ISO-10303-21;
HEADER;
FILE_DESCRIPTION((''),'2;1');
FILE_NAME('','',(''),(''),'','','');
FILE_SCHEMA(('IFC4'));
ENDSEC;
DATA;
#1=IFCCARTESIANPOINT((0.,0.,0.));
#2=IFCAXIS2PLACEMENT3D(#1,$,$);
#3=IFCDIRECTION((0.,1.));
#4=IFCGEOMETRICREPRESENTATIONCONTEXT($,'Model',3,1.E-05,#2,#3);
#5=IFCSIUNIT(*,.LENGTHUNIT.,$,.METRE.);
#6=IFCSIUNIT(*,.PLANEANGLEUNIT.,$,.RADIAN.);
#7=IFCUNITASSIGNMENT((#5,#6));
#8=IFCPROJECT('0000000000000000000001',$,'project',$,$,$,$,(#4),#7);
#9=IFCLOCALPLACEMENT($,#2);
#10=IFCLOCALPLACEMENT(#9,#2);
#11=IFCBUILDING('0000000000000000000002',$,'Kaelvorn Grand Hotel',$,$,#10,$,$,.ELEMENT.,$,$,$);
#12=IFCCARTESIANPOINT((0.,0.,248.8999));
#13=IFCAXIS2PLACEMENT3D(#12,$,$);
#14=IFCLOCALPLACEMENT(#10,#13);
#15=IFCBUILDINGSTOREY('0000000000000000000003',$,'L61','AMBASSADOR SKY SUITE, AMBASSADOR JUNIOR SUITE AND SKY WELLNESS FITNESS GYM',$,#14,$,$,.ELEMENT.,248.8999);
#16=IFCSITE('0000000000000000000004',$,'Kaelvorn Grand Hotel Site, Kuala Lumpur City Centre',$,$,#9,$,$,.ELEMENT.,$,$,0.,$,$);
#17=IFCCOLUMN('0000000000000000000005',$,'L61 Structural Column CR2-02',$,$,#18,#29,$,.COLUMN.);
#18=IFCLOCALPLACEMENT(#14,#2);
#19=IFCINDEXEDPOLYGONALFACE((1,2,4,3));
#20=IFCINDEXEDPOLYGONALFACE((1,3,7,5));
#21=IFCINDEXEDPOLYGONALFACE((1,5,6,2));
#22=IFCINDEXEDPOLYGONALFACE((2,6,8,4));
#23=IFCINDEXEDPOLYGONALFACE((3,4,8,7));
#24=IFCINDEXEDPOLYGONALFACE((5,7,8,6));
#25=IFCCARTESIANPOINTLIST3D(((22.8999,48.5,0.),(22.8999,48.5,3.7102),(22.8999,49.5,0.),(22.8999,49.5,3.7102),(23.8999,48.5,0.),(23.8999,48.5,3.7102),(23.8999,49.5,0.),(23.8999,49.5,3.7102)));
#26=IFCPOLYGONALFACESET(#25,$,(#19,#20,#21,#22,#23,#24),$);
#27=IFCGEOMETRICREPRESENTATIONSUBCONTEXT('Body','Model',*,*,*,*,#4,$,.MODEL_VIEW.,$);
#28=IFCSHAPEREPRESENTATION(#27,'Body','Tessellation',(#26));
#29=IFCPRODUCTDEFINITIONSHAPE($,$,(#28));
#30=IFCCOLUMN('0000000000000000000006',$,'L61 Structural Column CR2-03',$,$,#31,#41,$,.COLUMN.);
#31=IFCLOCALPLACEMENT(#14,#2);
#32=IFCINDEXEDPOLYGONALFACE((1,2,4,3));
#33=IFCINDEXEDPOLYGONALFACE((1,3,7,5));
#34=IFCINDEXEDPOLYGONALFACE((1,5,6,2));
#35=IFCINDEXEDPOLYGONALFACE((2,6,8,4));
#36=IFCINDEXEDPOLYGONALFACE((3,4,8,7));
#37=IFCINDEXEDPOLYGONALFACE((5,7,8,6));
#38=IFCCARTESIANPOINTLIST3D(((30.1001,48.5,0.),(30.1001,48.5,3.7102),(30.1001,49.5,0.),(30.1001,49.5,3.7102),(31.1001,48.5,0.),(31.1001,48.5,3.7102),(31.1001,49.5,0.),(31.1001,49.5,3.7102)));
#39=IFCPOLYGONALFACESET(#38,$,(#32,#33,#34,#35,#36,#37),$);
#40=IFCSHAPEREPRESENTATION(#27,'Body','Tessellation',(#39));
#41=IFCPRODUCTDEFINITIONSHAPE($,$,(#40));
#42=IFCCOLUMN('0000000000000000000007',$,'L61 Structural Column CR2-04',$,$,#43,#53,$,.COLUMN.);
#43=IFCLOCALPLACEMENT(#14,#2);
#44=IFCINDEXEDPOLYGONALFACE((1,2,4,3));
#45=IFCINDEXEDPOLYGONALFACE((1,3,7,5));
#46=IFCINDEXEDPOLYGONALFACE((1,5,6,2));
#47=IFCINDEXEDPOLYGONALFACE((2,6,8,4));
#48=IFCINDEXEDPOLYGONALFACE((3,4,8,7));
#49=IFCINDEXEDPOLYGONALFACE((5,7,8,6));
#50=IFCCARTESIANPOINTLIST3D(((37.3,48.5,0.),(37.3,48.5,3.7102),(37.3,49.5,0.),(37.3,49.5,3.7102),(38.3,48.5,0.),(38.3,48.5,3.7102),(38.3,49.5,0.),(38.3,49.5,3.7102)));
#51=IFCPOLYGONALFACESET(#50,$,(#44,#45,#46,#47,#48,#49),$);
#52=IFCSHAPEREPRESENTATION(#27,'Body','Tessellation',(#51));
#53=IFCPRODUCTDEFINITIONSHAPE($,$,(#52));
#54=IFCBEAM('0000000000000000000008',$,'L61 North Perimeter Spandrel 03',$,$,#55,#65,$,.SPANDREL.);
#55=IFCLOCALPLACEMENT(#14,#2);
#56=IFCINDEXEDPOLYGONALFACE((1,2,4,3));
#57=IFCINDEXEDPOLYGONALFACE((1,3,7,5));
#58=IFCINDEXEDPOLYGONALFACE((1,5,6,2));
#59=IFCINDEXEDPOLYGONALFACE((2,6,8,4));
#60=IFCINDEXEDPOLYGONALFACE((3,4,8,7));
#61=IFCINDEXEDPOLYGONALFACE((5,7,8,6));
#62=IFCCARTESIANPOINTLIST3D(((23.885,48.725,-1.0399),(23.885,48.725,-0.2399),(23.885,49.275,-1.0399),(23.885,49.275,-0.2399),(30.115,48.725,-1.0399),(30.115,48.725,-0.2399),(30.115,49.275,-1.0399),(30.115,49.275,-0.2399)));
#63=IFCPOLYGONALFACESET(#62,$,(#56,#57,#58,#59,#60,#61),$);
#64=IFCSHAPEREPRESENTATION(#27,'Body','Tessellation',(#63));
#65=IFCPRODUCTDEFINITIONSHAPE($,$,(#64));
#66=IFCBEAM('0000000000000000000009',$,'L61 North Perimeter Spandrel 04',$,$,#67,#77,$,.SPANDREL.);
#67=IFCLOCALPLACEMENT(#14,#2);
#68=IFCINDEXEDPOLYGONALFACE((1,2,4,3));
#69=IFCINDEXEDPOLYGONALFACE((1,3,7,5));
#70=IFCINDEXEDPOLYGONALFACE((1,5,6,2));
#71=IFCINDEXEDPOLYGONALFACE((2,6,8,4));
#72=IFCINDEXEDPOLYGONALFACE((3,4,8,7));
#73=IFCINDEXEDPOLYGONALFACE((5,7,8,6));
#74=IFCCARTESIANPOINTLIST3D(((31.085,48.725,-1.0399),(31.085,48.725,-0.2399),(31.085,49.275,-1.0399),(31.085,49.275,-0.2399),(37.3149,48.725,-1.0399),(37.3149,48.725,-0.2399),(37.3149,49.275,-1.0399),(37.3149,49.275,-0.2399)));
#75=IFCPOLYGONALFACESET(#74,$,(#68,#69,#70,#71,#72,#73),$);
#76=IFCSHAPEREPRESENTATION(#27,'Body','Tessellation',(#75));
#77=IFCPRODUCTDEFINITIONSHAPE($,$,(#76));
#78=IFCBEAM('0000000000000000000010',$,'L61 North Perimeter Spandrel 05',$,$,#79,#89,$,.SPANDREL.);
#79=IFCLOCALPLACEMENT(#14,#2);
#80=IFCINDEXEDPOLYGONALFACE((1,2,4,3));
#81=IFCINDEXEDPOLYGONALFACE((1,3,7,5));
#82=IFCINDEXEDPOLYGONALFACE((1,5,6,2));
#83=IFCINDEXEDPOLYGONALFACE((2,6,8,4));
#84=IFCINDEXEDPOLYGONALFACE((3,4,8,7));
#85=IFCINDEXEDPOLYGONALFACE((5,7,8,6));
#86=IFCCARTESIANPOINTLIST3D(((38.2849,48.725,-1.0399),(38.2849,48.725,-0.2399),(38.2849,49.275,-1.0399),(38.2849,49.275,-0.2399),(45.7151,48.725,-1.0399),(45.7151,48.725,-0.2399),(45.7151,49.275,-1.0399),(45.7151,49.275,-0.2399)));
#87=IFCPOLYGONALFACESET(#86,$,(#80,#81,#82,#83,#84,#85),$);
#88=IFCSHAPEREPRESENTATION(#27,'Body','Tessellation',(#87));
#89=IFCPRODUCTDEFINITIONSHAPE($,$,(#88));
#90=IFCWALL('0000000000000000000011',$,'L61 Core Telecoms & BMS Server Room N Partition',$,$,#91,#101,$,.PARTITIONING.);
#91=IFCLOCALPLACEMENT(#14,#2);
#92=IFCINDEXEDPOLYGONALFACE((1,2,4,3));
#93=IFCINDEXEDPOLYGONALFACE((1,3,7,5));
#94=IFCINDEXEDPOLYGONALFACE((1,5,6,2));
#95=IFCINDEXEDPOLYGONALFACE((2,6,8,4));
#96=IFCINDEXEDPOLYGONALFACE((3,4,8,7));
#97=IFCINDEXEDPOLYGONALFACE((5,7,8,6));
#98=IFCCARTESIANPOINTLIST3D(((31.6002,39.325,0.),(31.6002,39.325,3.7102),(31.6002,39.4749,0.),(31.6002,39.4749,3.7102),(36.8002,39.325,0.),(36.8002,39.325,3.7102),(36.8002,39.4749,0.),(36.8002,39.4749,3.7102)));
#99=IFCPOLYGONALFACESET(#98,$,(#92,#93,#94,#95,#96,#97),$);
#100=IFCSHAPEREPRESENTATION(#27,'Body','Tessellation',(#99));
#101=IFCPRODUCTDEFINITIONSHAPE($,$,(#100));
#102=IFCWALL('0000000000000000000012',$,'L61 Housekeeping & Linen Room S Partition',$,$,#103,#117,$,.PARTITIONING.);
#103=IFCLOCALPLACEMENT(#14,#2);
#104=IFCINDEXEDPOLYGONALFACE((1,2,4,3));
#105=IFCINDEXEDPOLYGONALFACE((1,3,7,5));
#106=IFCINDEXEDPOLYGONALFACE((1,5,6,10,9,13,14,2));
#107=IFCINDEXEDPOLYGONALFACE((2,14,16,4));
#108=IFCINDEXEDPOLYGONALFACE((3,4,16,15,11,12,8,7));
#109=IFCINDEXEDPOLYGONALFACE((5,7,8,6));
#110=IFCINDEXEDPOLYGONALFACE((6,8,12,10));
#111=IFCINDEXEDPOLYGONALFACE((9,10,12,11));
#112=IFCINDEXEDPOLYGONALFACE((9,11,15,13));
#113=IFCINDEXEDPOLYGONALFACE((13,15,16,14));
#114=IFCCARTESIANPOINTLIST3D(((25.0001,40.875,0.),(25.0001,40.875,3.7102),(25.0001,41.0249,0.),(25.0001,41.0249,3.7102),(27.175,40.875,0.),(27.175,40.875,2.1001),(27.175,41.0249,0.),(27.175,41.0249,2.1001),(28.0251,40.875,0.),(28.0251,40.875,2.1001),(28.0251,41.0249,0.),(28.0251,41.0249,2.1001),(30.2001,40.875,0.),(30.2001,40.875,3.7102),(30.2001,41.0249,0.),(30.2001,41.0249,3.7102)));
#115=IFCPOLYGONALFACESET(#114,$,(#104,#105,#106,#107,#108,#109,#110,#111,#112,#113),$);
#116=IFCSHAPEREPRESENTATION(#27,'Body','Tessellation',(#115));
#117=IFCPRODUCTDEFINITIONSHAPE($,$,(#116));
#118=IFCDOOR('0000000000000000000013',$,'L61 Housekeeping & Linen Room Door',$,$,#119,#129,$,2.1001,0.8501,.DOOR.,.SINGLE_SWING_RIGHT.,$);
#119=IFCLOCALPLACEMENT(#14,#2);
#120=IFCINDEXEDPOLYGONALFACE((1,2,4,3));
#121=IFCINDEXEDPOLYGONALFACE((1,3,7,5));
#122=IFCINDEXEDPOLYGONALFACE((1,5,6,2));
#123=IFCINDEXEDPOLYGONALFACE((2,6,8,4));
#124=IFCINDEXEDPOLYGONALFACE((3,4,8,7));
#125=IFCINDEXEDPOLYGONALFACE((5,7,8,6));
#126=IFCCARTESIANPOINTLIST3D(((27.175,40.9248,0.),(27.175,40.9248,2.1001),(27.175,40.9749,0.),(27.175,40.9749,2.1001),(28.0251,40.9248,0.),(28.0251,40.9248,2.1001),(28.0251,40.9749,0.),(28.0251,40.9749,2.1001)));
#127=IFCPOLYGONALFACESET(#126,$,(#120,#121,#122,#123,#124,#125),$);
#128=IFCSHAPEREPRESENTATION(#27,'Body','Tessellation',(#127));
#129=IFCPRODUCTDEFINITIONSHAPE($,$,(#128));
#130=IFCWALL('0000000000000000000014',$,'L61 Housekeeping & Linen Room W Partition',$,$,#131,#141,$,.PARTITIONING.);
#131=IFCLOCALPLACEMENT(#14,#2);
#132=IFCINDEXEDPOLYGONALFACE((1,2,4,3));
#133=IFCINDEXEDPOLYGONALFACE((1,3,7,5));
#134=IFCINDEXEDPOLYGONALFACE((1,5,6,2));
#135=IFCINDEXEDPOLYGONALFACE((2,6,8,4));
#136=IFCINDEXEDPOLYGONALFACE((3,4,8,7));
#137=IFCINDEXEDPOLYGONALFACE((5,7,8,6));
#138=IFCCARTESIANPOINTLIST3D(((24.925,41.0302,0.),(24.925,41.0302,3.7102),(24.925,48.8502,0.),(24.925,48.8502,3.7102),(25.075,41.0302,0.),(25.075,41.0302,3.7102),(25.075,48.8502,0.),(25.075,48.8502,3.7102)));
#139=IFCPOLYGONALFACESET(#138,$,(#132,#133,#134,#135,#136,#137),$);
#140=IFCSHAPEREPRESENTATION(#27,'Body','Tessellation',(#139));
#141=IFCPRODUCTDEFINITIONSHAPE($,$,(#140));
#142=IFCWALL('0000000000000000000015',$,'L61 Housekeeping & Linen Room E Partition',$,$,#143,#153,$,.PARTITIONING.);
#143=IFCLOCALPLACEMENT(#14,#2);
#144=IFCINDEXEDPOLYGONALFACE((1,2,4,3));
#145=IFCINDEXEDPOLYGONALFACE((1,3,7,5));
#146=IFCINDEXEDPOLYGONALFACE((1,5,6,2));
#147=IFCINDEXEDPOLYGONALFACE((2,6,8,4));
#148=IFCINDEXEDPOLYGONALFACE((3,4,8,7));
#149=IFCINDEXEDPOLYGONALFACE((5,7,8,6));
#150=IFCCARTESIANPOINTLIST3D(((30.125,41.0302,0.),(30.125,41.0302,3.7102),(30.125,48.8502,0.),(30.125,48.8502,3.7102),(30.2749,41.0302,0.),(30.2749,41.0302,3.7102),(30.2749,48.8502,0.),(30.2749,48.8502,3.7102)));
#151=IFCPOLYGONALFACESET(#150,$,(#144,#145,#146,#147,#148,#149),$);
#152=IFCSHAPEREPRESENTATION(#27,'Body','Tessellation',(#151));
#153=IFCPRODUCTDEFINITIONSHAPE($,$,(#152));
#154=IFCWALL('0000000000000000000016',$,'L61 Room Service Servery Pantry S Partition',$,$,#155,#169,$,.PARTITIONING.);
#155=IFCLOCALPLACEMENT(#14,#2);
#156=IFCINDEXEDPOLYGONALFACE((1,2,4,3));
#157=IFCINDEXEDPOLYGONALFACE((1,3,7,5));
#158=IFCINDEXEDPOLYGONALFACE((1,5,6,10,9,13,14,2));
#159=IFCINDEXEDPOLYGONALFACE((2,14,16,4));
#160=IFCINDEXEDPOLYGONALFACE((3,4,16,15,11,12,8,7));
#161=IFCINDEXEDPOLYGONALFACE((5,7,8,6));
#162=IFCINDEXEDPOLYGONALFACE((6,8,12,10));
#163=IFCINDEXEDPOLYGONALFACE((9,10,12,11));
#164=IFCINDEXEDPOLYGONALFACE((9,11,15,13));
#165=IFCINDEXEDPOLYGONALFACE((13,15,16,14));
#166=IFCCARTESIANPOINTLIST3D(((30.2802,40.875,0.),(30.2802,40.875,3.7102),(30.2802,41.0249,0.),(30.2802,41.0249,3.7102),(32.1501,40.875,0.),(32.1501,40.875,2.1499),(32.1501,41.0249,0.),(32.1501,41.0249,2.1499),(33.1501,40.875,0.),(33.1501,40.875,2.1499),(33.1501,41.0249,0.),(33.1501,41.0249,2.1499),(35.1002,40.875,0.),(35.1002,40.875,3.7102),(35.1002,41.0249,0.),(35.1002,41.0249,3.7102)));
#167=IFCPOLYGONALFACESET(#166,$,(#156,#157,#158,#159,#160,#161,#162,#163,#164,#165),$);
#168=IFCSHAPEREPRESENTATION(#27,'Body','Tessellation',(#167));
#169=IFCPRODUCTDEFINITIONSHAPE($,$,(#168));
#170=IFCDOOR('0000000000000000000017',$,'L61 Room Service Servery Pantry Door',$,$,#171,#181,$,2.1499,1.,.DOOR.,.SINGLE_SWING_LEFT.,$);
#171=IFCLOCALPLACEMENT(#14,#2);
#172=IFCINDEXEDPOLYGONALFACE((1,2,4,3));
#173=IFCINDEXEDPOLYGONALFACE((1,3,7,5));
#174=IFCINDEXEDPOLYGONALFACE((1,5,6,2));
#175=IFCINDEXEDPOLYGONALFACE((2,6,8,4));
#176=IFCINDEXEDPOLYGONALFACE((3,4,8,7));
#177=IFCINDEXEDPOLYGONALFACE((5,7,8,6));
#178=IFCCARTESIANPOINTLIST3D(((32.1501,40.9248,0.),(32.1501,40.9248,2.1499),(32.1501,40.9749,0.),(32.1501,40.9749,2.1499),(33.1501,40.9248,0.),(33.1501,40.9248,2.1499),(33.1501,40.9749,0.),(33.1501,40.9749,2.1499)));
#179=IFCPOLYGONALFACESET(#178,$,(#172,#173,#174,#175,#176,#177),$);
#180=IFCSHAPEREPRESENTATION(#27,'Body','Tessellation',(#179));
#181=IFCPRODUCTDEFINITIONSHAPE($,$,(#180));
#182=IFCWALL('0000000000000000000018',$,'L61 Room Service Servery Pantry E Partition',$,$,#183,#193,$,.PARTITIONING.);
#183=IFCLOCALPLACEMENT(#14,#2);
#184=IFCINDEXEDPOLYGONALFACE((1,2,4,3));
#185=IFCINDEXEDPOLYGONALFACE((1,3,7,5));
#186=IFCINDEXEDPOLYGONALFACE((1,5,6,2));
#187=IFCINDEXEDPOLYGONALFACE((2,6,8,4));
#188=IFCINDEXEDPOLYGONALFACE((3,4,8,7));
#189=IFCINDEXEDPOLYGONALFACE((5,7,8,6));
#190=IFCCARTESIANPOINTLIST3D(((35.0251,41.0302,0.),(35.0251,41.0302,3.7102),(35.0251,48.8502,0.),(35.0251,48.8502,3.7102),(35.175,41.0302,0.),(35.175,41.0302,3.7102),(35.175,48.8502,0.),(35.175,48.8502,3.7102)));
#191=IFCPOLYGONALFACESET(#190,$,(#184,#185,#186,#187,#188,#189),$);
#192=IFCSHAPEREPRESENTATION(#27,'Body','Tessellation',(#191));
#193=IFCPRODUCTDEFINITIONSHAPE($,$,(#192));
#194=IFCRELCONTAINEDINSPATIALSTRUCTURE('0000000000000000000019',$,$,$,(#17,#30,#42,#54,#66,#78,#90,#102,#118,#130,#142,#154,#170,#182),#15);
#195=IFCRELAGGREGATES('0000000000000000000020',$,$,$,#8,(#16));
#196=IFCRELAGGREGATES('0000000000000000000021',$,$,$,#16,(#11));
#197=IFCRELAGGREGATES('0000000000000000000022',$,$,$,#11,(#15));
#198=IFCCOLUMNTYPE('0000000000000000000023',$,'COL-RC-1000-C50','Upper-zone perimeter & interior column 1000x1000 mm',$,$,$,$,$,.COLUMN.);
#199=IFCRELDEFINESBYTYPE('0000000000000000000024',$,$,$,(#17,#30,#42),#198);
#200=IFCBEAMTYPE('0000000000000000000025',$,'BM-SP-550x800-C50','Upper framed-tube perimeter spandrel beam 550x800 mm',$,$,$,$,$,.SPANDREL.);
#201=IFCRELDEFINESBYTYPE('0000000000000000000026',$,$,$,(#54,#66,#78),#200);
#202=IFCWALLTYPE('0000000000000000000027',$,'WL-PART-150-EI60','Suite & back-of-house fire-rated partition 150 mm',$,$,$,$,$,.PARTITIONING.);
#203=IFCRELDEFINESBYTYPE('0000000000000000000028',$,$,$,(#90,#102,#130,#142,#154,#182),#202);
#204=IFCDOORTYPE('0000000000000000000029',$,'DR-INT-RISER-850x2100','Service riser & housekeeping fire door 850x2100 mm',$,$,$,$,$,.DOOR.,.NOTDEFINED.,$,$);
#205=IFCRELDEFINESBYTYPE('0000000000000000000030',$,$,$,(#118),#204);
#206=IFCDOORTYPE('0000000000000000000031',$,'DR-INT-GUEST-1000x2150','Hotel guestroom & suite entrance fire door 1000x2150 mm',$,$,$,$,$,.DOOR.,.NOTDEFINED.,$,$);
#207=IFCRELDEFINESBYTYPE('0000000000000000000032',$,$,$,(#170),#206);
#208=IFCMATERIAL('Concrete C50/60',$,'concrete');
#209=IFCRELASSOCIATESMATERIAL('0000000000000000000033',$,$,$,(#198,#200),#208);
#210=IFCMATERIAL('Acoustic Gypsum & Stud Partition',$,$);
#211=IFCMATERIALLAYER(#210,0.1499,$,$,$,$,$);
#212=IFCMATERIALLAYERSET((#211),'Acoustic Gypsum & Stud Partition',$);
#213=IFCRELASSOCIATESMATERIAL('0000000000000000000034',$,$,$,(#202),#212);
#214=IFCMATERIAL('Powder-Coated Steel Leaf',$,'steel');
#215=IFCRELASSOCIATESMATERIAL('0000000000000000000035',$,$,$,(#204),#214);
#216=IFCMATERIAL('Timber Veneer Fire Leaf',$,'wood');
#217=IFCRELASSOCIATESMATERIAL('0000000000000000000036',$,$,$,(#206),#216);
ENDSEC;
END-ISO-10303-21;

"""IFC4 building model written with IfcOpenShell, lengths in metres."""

from ifc_helpers import new_model, si_unit, direction, frame, frame_2d, origin, origin_2d, place, context, subcontext, project, spatial, rectangle, extrude, material, layer, layer_set, material_profile, profile_set, type_object, element, fill, save


model = new_model("IFC4")

# Units and contexts
model_context = context("Model", 3, precision=1e-05, world=origin(), true_north=direction((0.0, 1.0)))
body_context = subcontext(model_context, "Body", "Model", "MODEL_VIEW")
ifc_project = project(units=[si_unit("LENGTHUNIT", "METRE"), si_unit("PLANEANGLEUNIT", "RADIAN")], contexts=[model_context])

# Site, building, storey
site_placement = place(None, origin())
site = spatial("IfcSite", under=ifc_project, at=site_placement, Name="Kaelvorn Grand Hotel Site, Kuala Lumpur City Centre", CompositionType="ELEMENT", RefElevation=0.0)
building_placement = place(site_placement, origin())
building = spatial("IfcBuilding", under=site, at=building_placement, Name="Kaelvorn Grand Hotel", CompositionType="ELEMENT")
storey_placement = place(building_placement, frame((0.0, 0.0, 248.8999)))
storey = spatial("IfcBuildingStorey", under=building, at=storey_placement, Name="L61", Description="AMBASSADOR SKY SUITE, AMBASSADOR JUNIOR SUITE AND SKY WELLNESS FITNESS GYM", CompositionType="ELEMENT", Elevation=248.8999)

# Columns
ifc_material_1 = material(Name="Concrete C50/60", Category="concrete")
ifc_material_profile_1 = material_profile(ifc_material_1, rectangle(XDim=1.0, YDim=1.0, at=origin_2d()), Name="RC COL 1000x1000")
ifc_profile_set_1 = profile_set([ifc_material_profile_1], Name="Concrete C50/60")
column_type = type_object("IfcColumnType", Name="COL-RC-1000-C50", Description="Upper-zone perimeter & interior column 1000x1000 mm", PredefinedType="COLUMN", material=ifc_profile_set_1)
for number, where, z_axis, x_axis, name in (
    (1, (23.3999, 49.0, 0.0), (0.0, 0.0, 1.0), (1.0, 0.0, 0.0), "L61 Structural Column CR2-02"),
    (2, (30.6001, 49.0, 0.0), (0.0, 0.0, 1.0), (1.0, 0.0, 0.0), "L61 Structural Column CR2-03"),
    (3, (37.8, 49.0, 0.0), (0.0, 0.0, 1.0), (1.0, 0.0, 0.0), "L61 Structural Column CR2-04"),
):
    element("IfcColumn", number, at=place(storey_placement, frame(where, z_axis=z_axis, x_axis=x_axis)), inside=storey, type_object=column_type, Name=name, PredefinedType="COLUMN", context=body_context, shape_type="SweptSolid", body=[
        extrude(rectangle(XDim=1.0, YDim=1.0, at=origin_2d()), origin(), (0.0, 0.0, 1.0), 3.7102),
    ])

# Beams
ifc_material_profile_2 = material_profile(ifc_material_1, rectangle(XDim=0.55, YDim=0.8, at=origin_2d()), Name="RC SPANDREL 550x800")
ifc_profile_set_2 = profile_set([ifc_material_profile_2], Name="Concrete C50/60")
beam_type = type_object("IfcBeamType", Name="BM-SP-550x800-C50", Description="Upper framed-tube perimeter spandrel beam 550x800 mm", PredefinedType="SPANDREL", material=ifc_profile_set_2)
for number, where, z_axis, x_axis, name in (
    (4, (23.885, 49.0, -0.6399), (1.0, 0.0, 0.0), (0.0, 1.0, 0.0), "L61 North Perimeter Spandrel 03"),
    (5, (31.085, 49.0, -0.6399), (1.0, 0.0, 0.0), (0.0, 1.0, 0.0), "L61 North Perimeter Spandrel 04"),
):
    element("IfcBeam", number, at=place(storey_placement, frame(where, z_axis=z_axis, x_axis=x_axis)), inside=storey, type_object=beam_type, Name=name, PredefinedType="SPANDREL", context=body_context, shape_type="SweptSolid", body=[
        extrude(rectangle(XDim=0.55, YDim=0.8, at=origin_2d()), origin(), (0.0, 0.0, 1.0), 6.23),
    ])
beam_placement = place(storey_placement, frame((38.2849, 49.0, -0.6399), z_axis=(1.0, 0.0, 0.0), x_axis=(0.0, 1.0, 0.0)))
element("IfcBeam", 6, at=beam_placement, inside=storey, type_object=beam_type, Name="L61 North Perimeter Spandrel 05", PredefinedType="SPANDREL", context=body_context, shape_type="SweptSolid", body=[
    extrude(rectangle(XDim=0.55, YDim=0.8, at=origin_2d()), origin(), (0.0, 0.0, 1.0), 7.4302),
])

# Wall
ifc_material_2 = material(Name="Acoustic Gypsum & Stud Partition")
ifc_layer_1 = layer(ifc_material_2, 0.1499)
ifc_layer_set_1 = layer_set([ifc_layer_1], Name="Acoustic Gypsum & Stud Partition")
wall_type_1 = type_object("IfcWallType", Name="WL-PART-150-EI60", Description="Suite & back-of-house fire-rated partition 150 mm", PredefinedType="PARTITIONING", material=ifc_layer_set_1)
wall_1_placement = place(storey_placement, frame((31.6001, 39.3999, 0.0), z_axis=(0.0, 0.0, 1.0), x_axis=(1.0, 0.0, 0.0)))
element("IfcWall", 7, at=wall_1_placement, inside=storey, type_object=wall_type_1, Name="L61 Core Telecoms & BMS Server Room N Partition", PredefinedType="PARTITIONING", context=body_context, shape_type="SweptSolid", body=[
    extrude(rectangle(XDim=5.2, YDim=0.1499, at=frame_2d((2.6001, 0.0))), origin(), (0.0, 0.0, 1.0), 3.7102),
])

# Wall, opening, door
wall_2_placement = place(storey_placement, frame((25.0, 40.95, 0.0), z_axis=(0.0, 0.0, 1.0), x_axis=(1.0, 0.0, 0.0)))
wall_2 = element("IfcWall", 8, at=wall_2_placement, inside=storey, type_object=wall_type_1, Name="L61 Housekeeping & Linen Room S Partition", PredefinedType="PARTITIONING", context=body_context, shape_type="SweptSolid", body=[
    extrude(rectangle(XDim=5.2, YDim=0.1499, at=frame_2d((2.6001, 0.0))), origin(), (0.0, 0.0, 1.0), 3.7102),
])
opening_1_placement = place(wall_2_placement, frame((2.175, 0.0, 0.0)))
opening_1 = element("IfcOpeningElement", 9, at=opening_1_placement, cuts=wall_2, PredefinedType="OPENING", context=body_context, shape_type="SweptSolid", body=[
    extrude(rectangle(XDim=0.8501, YDim=2.1001, at=frame_2d((0.425, 1.05))), frame((0.0, 0.085, 0.0), z_axis=(0.0, -1.0, 0.0), x_axis=(1.0, 0.0, 0.0)), (0.0, 0.0, 1.0), 0.1699),
])
ifc_material_3 = material(Name="Powder-Coated Steel Leaf", Category="steel")
door_type_1 = type_object("IfcDoorType", Name="DR-INT-RISER-850x2100", Description="Service riser & housekeeping fire door 850x2100 mm", OperationType="NOTDEFINED", PredefinedType="DOOR", material=ifc_material_3)
door_1_placement = place(opening_1_placement, origin())
door_1 = element("IfcDoor", 10, at=door_1_placement, inside=storey, type_object=door_type_1, Name="L61 Housekeeping & Linen Room Door", OperationType="SINGLE_SWING_RIGHT", OverallHeight=2.1001, OverallWidth=0.8501, PredefinedType="DOOR", context=body_context, shape_type="SweptSolid", body=[
    extrude(rectangle(XDim=0.8501, YDim=2.1001, at=frame_2d((0.425, 1.05))), frame((0.0, 0.0249, 0.0), z_axis=(0.0, -1.0, 0.0), x_axis=(1.0, 0.0, 0.0)), (0.0, 0.0, 1.0), 0.05),
])
fill(opening_1, door_1)

# Walls
for number, where, z_axis, x_axis, name in (
    (11, (25.0, 41.03, 0.0), (0.0, 0.0, 1.0), (0.0, 1.0, 0.0), "L61 Housekeeping & Linen Room W Partition"),
    (12, (30.2, 41.03, 0.0), (0.0, 0.0, 1.0), (0.0, 1.0, 0.0), "L61 Housekeeping & Linen Room E Partition"),
):
    element("IfcWall", number, at=place(storey_placement, frame(where, z_axis=z_axis, x_axis=x_axis)), inside=storey, type_object=wall_type_1, Name=name, PredefinedType="PARTITIONING", context=body_context, shape_type="SweptSolid", body=[
        extrude(rectangle(XDim=7.8201, YDim=0.1499, at=frame_2d((3.9102, 0.0))), origin(), (0.0, 0.0, 1.0), 3.7102),
    ])

# Wall, opening, door
wall_3_placement = place(storey_placement, frame((30.28, 40.95, 0.0), z_axis=(0.0, 0.0, 1.0), x_axis=(1.0, 0.0, 0.0)))
wall_3 = element("IfcWall", 13, at=wall_3_placement, inside=storey, type_object=wall_type_1, Name="L61 Room Service Servery Pantry S Partition", PredefinedType="PARTITIONING", context=body_context, shape_type="SweptSolid", body=[
    extrude(rectangle(XDim=4.8201, YDim=0.1499, at=frame_2d((2.4102, 0.0))), origin(), (0.0, 0.0, 1.0), 3.7102),
])
opening_2_placement = place(wall_3_placement, frame((1.8701, 0.0, 0.0)))
opening_2 = element("IfcOpeningElement", 14, at=opening_2_placement, cuts=wall_3, PredefinedType="OPENING", context=body_context, shape_type="SweptSolid", body=[
    extrude(rectangle(XDim=1.0, YDim=2.1499, at=frame_2d((0.5, 1.075))), frame((0.0, 0.085, 0.0), z_axis=(0.0, -1.0, 0.0), x_axis=(1.0, 0.0, 0.0)), (0.0, 0.0, 1.0), 0.1699),
])
ifc_material_4 = material(Name="Timber Veneer Fire Leaf", Category="wood")
door_type_2 = type_object("IfcDoorType", Name="DR-INT-GUEST-1000x2150", Description="Hotel guestroom & suite entrance fire door 1000x2150 mm", OperationType="NOTDEFINED", PredefinedType="DOOR", material=ifc_material_4)
door_2_placement = place(opening_2_placement, origin())
door_2 = element("IfcDoor", 15, at=door_2_placement, inside=storey, type_object=door_type_2, Name="L61 Room Service Servery Pantry Door", OperationType="SINGLE_SWING_LEFT", OverallHeight=2.1499, OverallWidth=1.0, PredefinedType="DOOR", context=body_context, shape_type="SweptSolid", body=[
    extrude(rectangle(XDim=1.0, YDim=2.1499, at=frame_2d((0.5, 1.075))), frame((0.0, 0.0249, 0.0), z_axis=(0.0, -1.0, 0.0), x_axis=(1.0, 0.0, 0.0)), (0.0, 0.0, 1.0), 0.05),
])
fill(opening_2, door_2)

# Wall
wall_4_placement = place(storey_placement, frame((35.1001, 41.03, 0.0), z_axis=(0.0, 0.0, 1.0), x_axis=(0.0, 1.0, 0.0)))
element("IfcWall", 16, at=wall_4_placement, inside=storey, type_object=wall_type_1, Name="L61 Room Service Servery Pantry E Partition", PredefinedType="PARTITIONING", context=body_context, shape_type="SweptSolid", body=[
    extrude(rectangle(XDim=7.8201, YDim=0.1499, at=frame_2d((3.9102, 0.0))), origin(), (0.0, 0.0, 1.0), 3.7102),
])

save(model, "model.ifc")
